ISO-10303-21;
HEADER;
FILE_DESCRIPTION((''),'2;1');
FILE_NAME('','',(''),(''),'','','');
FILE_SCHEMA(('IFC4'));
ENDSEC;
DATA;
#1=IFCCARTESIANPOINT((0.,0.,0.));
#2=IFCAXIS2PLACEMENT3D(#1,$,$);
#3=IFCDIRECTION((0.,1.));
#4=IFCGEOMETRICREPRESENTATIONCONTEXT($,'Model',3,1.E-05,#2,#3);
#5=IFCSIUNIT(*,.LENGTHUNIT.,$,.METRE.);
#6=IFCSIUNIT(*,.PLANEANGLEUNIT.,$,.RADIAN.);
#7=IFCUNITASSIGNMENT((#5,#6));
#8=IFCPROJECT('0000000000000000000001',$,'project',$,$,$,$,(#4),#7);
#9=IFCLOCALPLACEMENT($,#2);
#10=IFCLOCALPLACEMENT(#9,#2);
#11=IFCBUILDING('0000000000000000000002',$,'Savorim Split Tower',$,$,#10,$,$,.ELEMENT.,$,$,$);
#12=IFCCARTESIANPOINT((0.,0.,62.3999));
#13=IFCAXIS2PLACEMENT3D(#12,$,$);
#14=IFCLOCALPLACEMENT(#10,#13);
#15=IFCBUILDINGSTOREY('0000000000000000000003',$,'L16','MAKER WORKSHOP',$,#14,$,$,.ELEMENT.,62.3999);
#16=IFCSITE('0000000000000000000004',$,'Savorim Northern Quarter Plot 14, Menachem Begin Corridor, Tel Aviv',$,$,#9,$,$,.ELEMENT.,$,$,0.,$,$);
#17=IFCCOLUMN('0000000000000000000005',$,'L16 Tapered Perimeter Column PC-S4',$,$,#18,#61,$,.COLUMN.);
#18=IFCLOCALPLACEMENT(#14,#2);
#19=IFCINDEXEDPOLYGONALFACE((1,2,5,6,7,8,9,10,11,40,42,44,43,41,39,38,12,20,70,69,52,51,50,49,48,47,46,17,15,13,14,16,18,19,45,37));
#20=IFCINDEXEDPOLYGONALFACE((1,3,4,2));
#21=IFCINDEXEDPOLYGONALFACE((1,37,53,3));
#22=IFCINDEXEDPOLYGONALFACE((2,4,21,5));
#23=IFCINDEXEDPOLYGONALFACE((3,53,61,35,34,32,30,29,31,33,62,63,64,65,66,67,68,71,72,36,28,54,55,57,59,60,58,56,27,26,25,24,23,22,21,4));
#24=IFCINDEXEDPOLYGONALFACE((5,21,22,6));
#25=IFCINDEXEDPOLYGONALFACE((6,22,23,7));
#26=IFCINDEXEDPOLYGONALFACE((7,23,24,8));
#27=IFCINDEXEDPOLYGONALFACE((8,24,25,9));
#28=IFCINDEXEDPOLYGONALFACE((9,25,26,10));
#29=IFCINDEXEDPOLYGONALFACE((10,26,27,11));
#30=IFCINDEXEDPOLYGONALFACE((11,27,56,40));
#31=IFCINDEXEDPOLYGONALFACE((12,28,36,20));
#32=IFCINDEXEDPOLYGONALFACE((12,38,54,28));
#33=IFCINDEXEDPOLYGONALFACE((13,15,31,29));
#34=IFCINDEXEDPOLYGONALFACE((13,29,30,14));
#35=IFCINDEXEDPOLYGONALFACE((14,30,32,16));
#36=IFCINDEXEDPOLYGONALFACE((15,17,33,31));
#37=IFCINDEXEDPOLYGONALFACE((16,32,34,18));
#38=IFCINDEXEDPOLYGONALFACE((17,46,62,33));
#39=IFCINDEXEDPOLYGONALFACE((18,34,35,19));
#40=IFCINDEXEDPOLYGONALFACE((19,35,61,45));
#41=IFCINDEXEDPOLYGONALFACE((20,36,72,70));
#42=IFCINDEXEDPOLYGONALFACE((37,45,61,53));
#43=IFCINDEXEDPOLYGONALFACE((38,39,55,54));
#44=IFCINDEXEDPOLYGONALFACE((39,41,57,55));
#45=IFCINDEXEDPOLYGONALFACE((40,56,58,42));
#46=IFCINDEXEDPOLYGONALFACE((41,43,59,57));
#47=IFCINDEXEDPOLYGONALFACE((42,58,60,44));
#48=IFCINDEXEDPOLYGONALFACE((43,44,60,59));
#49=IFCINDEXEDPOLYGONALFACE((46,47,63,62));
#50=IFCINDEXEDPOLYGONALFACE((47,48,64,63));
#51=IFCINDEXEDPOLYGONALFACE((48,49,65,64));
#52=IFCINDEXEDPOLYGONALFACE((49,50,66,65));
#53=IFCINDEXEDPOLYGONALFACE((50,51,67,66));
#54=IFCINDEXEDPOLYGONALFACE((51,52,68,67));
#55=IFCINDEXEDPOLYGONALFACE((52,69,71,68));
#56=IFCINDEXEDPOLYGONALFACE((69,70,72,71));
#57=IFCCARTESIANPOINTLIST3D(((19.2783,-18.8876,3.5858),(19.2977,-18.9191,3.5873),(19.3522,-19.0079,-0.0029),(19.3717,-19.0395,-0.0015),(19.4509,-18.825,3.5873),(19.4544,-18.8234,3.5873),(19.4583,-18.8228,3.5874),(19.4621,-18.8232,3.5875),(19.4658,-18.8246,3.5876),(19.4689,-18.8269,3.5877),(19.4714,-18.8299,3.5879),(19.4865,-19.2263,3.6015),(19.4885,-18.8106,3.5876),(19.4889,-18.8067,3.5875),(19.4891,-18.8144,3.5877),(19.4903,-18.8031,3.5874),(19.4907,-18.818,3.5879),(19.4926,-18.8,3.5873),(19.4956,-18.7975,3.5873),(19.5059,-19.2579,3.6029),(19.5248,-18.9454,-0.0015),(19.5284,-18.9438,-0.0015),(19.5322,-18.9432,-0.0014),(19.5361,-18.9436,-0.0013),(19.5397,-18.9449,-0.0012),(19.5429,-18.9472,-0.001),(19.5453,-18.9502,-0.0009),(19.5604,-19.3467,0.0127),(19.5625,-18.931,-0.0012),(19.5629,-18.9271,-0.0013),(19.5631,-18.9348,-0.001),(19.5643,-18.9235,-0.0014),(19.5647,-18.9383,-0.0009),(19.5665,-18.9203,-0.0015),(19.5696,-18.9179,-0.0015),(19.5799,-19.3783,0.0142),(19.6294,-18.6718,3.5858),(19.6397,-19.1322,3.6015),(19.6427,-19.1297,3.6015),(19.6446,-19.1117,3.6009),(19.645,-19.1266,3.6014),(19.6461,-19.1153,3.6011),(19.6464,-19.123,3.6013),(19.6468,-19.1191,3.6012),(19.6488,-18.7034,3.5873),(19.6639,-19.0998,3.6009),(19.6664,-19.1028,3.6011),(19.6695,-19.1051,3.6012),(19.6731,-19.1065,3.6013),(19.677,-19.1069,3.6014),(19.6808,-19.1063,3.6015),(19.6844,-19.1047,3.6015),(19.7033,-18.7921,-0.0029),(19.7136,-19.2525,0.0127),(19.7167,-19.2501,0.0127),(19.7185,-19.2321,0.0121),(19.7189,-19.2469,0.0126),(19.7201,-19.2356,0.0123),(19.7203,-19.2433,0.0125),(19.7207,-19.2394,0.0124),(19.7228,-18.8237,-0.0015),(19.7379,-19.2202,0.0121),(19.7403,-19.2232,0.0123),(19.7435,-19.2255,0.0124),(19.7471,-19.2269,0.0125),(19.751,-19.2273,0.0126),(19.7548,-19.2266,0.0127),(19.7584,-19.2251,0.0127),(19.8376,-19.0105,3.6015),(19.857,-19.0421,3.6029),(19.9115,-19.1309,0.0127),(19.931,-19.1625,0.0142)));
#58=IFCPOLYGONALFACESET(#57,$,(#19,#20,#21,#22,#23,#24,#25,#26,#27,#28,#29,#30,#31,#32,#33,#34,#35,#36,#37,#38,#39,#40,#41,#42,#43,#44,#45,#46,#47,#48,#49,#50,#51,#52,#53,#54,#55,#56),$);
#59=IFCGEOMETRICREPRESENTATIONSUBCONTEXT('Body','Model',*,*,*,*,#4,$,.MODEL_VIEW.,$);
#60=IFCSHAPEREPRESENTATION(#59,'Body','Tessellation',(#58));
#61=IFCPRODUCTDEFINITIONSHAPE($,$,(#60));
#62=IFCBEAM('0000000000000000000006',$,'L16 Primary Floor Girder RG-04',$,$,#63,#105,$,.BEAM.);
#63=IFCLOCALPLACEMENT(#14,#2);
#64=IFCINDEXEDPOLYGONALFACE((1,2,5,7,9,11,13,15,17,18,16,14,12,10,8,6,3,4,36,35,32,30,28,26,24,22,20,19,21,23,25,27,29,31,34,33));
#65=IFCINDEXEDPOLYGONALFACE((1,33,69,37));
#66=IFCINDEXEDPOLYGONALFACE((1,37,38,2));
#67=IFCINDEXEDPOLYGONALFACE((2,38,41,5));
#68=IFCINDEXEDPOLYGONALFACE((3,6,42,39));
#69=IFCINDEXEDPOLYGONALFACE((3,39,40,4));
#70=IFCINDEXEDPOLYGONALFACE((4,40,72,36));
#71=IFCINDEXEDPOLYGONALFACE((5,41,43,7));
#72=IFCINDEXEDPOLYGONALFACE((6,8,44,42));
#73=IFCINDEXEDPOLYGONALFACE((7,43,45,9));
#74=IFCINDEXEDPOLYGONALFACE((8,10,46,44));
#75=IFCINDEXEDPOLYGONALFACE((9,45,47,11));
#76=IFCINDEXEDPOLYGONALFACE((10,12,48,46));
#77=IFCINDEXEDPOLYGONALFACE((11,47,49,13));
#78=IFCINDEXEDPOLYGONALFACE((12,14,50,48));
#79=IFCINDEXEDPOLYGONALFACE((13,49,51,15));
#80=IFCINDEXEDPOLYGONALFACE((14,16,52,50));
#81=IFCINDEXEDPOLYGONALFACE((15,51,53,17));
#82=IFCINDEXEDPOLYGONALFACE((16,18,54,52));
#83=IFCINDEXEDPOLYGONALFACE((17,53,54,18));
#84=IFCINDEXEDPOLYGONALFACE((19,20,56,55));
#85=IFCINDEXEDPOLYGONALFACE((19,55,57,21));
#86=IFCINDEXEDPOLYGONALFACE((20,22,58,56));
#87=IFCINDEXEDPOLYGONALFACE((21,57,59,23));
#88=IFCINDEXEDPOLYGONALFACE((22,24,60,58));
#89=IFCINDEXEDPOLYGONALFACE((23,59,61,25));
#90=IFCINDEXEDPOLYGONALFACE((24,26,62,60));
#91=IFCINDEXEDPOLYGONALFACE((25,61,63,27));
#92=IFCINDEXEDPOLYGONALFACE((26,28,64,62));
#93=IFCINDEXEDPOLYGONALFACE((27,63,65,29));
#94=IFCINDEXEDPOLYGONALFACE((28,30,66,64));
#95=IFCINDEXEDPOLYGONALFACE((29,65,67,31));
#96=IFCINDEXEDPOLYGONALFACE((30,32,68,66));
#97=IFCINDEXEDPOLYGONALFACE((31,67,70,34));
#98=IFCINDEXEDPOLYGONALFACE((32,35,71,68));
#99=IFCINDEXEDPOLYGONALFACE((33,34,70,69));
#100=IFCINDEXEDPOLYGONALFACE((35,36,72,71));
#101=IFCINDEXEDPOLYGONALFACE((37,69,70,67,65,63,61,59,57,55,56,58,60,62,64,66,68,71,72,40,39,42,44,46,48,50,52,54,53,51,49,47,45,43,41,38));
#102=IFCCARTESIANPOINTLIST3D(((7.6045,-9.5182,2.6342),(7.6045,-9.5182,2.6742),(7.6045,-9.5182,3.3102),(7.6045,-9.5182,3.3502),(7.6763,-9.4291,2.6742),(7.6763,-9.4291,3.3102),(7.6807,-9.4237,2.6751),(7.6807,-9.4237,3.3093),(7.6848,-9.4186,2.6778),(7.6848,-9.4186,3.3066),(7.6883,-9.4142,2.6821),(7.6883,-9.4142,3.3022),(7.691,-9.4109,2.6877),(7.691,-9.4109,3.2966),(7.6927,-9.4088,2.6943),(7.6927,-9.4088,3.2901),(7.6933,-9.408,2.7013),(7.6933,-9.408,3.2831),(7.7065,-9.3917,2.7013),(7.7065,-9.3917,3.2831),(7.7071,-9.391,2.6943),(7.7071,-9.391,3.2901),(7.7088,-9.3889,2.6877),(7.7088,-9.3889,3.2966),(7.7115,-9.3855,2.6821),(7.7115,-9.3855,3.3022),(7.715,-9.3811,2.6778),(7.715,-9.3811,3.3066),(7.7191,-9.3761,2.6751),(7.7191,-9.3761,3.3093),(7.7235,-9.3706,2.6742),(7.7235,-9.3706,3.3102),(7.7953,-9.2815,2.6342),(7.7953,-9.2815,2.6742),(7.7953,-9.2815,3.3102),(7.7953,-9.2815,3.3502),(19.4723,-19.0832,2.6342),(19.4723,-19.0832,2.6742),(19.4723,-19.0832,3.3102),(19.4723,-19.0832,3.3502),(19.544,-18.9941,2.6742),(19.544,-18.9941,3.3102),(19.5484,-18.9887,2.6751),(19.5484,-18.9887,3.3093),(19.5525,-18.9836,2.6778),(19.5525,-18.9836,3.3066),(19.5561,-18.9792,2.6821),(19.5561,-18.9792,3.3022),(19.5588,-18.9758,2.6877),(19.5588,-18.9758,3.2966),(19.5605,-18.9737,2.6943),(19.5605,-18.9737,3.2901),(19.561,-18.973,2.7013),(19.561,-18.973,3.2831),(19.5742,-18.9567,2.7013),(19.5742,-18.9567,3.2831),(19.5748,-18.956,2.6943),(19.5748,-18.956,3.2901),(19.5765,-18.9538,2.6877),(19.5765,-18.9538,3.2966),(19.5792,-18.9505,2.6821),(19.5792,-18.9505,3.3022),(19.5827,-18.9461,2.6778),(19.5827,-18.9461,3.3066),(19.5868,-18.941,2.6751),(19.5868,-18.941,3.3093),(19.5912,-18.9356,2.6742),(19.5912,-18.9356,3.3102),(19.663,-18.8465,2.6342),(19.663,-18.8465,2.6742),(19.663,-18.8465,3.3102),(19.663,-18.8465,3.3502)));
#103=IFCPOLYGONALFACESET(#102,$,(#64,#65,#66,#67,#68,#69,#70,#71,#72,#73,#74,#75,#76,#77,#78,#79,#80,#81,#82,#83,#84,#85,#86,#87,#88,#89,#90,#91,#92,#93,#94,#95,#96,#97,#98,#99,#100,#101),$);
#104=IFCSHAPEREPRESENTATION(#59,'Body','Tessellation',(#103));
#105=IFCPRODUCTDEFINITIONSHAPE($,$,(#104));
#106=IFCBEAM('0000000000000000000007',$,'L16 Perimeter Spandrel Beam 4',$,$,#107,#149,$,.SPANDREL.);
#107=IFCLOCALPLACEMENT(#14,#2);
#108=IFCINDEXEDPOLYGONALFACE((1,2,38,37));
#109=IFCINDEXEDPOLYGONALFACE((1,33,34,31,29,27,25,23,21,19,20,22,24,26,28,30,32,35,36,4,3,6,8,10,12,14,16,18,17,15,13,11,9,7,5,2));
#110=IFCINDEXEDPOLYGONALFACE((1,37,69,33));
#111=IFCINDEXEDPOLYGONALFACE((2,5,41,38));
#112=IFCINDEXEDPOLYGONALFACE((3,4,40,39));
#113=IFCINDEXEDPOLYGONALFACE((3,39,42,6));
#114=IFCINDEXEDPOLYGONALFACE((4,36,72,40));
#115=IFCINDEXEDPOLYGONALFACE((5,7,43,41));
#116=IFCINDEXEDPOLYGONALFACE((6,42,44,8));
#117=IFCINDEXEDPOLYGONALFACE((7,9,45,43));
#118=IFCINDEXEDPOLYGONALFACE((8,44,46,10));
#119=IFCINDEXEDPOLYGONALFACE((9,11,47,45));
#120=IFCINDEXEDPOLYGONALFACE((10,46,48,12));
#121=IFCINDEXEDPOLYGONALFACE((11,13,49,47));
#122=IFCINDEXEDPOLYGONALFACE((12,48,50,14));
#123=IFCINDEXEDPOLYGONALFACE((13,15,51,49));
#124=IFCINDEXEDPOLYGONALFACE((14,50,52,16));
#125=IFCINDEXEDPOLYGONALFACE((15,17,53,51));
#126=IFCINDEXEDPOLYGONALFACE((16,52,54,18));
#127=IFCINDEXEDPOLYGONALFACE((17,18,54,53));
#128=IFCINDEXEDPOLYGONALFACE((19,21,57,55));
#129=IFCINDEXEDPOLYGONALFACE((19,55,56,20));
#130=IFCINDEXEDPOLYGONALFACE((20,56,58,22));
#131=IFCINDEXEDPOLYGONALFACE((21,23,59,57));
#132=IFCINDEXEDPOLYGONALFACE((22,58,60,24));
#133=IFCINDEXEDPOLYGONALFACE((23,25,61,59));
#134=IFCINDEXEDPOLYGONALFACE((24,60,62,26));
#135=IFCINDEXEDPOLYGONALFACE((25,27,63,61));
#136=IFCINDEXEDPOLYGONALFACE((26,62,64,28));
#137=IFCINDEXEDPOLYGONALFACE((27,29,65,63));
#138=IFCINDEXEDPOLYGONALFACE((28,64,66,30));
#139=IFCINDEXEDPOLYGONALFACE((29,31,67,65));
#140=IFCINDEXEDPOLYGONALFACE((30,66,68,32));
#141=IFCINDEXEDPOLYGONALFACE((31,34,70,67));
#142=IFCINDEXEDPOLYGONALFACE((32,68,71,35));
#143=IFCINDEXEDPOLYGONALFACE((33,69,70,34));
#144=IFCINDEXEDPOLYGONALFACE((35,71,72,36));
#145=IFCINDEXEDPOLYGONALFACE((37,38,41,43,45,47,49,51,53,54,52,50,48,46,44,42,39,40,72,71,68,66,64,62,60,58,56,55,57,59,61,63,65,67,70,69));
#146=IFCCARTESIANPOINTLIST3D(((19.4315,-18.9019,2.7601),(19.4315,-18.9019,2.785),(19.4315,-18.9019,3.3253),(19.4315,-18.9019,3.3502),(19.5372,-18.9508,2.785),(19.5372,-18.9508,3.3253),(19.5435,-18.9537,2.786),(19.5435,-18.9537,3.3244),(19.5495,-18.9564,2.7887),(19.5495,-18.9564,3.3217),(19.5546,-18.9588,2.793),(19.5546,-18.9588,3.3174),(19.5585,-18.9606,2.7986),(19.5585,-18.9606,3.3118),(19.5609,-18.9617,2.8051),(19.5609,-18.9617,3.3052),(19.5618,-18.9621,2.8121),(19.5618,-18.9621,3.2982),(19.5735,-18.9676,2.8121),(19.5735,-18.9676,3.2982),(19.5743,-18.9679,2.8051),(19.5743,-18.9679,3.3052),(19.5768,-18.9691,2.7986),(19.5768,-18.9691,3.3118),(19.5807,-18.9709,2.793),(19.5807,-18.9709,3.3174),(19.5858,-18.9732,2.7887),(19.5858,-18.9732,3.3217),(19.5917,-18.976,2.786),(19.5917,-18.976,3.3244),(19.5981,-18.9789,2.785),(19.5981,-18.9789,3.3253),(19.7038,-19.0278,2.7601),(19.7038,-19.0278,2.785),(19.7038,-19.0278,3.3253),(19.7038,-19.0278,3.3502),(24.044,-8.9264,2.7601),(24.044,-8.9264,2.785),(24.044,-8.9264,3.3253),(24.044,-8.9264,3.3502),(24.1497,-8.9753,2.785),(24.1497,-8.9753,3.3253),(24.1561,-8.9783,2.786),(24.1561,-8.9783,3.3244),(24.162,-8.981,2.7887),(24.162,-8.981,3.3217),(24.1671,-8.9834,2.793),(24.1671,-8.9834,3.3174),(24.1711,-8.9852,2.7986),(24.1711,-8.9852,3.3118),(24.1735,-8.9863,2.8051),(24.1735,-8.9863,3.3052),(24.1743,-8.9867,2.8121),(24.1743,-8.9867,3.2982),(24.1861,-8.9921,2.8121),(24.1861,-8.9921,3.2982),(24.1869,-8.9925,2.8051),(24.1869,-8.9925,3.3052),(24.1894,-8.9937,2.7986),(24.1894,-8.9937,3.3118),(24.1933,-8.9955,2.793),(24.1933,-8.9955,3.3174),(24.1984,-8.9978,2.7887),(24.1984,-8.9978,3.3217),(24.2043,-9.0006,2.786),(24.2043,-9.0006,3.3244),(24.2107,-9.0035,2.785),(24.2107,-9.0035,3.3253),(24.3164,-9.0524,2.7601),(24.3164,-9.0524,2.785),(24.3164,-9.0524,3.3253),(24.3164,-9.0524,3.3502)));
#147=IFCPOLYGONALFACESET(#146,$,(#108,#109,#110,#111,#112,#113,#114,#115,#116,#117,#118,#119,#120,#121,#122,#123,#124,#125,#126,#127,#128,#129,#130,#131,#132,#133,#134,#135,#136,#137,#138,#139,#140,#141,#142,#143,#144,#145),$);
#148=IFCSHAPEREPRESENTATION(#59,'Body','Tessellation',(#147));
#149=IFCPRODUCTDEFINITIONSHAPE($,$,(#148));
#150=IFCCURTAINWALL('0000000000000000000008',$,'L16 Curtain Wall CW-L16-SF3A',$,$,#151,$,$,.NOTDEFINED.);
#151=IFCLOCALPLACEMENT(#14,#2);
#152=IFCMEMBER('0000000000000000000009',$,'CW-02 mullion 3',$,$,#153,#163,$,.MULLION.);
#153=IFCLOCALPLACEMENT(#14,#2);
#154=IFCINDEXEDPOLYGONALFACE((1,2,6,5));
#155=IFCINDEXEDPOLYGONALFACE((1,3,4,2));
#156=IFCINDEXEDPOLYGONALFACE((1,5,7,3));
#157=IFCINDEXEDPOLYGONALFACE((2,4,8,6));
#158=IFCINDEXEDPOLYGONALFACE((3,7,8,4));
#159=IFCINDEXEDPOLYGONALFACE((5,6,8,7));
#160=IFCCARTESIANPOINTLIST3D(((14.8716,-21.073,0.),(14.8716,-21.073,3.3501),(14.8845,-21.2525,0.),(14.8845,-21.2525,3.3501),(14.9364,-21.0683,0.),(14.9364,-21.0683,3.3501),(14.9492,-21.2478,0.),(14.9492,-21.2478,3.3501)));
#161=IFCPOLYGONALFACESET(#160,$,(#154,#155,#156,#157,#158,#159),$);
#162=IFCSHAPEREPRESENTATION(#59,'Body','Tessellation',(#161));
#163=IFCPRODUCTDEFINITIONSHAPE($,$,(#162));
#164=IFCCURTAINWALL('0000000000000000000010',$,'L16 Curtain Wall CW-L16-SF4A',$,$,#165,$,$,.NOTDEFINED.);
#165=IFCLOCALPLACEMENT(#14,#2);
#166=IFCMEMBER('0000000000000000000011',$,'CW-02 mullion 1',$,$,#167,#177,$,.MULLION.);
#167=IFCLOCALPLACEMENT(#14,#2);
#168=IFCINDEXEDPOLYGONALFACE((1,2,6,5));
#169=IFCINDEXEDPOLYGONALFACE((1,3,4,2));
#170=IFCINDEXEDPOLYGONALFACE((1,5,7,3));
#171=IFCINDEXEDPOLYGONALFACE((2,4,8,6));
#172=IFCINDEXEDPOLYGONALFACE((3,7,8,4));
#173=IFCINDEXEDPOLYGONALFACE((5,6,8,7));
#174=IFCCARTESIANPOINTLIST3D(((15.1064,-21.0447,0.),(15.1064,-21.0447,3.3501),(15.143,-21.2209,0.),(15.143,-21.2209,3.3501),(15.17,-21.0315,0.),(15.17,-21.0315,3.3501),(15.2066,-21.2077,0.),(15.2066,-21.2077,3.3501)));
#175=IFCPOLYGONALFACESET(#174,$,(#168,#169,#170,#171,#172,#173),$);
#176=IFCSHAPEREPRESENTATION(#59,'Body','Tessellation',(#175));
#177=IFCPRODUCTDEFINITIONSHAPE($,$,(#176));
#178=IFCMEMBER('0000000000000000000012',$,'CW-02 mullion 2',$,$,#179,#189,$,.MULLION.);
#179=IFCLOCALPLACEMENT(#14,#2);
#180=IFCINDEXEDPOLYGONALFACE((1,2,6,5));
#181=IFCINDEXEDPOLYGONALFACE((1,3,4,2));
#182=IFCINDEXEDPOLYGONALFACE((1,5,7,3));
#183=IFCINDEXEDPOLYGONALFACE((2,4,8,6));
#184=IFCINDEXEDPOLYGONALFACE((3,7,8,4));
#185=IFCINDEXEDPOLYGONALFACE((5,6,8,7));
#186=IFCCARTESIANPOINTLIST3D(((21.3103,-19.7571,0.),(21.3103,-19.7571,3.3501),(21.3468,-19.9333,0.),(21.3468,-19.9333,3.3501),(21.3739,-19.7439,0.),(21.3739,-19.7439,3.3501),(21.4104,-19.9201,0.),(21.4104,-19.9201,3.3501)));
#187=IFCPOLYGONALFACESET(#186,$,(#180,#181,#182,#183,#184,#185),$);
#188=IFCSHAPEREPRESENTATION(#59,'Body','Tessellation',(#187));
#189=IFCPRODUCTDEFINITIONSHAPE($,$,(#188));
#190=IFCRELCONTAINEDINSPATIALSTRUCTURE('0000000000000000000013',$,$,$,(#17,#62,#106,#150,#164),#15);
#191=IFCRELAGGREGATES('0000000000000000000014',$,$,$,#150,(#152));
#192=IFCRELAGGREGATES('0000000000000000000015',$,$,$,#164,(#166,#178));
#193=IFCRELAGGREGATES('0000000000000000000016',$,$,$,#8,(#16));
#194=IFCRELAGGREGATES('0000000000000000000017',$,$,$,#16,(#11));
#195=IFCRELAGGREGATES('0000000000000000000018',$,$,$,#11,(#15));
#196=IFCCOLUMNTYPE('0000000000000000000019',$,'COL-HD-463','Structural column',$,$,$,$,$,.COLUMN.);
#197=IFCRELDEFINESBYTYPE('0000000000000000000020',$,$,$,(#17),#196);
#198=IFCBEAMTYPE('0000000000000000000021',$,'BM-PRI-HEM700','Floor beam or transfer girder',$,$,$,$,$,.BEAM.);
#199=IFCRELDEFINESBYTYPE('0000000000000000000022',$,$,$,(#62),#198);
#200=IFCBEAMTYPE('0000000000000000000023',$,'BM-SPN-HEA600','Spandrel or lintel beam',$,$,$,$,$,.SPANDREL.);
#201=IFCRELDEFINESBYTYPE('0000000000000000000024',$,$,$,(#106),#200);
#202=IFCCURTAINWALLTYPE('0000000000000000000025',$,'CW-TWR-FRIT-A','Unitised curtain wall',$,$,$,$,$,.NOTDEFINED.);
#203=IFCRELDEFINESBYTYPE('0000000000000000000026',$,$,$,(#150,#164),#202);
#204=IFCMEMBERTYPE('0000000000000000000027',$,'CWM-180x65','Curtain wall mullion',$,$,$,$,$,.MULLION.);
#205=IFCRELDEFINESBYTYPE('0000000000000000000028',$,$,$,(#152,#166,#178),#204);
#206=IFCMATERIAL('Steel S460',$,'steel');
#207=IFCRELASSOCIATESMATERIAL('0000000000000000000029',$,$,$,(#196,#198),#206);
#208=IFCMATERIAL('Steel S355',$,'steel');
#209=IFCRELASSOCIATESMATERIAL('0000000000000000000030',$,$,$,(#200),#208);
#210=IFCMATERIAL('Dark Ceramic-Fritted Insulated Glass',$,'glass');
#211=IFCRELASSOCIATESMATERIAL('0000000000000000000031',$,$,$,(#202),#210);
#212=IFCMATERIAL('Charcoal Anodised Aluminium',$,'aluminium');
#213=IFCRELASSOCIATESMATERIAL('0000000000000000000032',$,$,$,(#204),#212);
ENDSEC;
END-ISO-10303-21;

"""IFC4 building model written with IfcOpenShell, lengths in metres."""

from ifc_helpers import new_model, si_unit, direction, frame, origin, origin_2d, place, context, subcontext, project, spatial, rectangle, i_section, extrude, material, material_profile, profile_set, type_object, element, aggregate, save


model = new_model("IFC4")

# Units and contexts
model_context = context("Model", 3, precision=1e-05, world=origin(), true_north=direction((0.0, 1.0)))
body_context = subcontext(model_context, "Body", "Model", "MODEL_VIEW")
ifc_project = project(units=[si_unit("LENGTHUNIT", "METRE"), si_unit("PLANEANGLEUNIT", "RADIAN")], contexts=[model_context])

# Site, building, storey
site_placement = place(None, origin())
site = spatial("IfcSite", under=ifc_project, at=site_placement, Name="Savorim Northern Quarter Plot 14, Menachem Begin Corridor, Tel Aviv", CompositionType="ELEMENT", RefElevation=0.0)
building_placement = place(site_placement, origin())
building = spatial("IfcBuilding", under=site, at=building_placement, Name="Savorim Split Tower", CompositionType="ELEMENT")
storey_placement = place(building_placement, frame((0.0, 0.0, 62.3999)))
storey = spatial("IfcBuildingStorey", under=building, at=storey_placement, Name="L16", Description="MAKER WORKSHOP", CompositionType="ELEMENT", Elevation=62.3999)

# Column
ifc_material_1 = material(Name="Steel S460", Category="steel")
ifc_material_profile_1 = material_profile(ifc_material_1, i_section(OverallWidth=0.4121, OverallDepth=0.4351, WebThickness=0.0227, FlangeThickness=0.0371, FilletRadius=0.0149, at=origin_2d()), Name="HD 400x463")
ifc_profile_set_1 = profile_set([ifc_material_profile_1], Name="Steel S460")
column_type = type_object("IfcColumnType", Name="COL-HD-463", Description="Structural column", PredefinedType="COLUMN", material=ifc_profile_set_1)
column_placement = place(storey_placement, frame((19.6416, -19.0852, 0.0056), z_axis=(-0.020596, 0.033511, 0.999226), x_axis=(-0.851955, -0.523615, 0.0)))
element("IfcColumn", 1, at=column_placement, inside=storey, type_object=column_type, Name="L16 Tapered Perimeter Column PC-S4", PredefinedType="COLUMN", context=body_context, shape_type="SweptSolid", body=[
    extrude(i_section(OverallWidth=0.4121, OverallDepth=0.4351, WebThickness=0.0227, FlangeThickness=0.0371, FilletRadius=0.0149, at=origin_2d()), origin(), (0.0, 0.0, 1.0), 3.5916),
])

# Beams
ifc_material_profile_2 = material_profile(ifc_material_1, i_section(OverallWidth=0.304, OverallDepth=0.7161, WebThickness=0.021, FlangeThickness=0.04, FilletRadius=0.0271, at=origin_2d()), Name="HE 700 M")
ifc_profile_set_2 = profile_set([ifc_material_profile_2], Name="Steel S460")
beam_type_1 = type_object("IfcBeamType", Name="BM-PRI-HEM700", Description="Floor beam or transfer girder", PredefinedType="BEAM", material=ifc_profile_set_2)
beam_1_placement = place(storey_placement, frame((19.5676, -18.9648, 2.9922), z_axis=(-0.778598, 0.627523, 0.0), x_axis=(-0.627523, -0.778598, 0.0)))
element("IfcBeam", 2, at=beam_1_placement, inside=storey, type_object=beam_type_1, Name="L16 Primary Floor Girder RG-04", PredefinedType="BEAM", context=body_context, shape_type="SweptSolid", body=[
    extrude(i_section(OverallWidth=0.304, OverallDepth=0.7161, WebThickness=0.021, FlangeThickness=0.04, FilletRadius=0.0271, at=origin_2d()), origin(), (0.0, 0.0, 1.0), 15.2424),
])
ifc_material_2 = material(Name="Steel S355", Category="steel")
ifc_material_profile_3 = material_profile(ifc_material_2, i_section(OverallWidth=0.3, OverallDepth=0.5901, WebThickness=0.0129, FlangeThickness=0.0249, FilletRadius=0.0271, at=origin_2d()), Name="HEA 600")
ifc_profile_set_3 = profile_set([ifc_material_profile_3], Name="Steel S355")
beam_type_2 = type_object("IfcBeamType", Name="BM-SPN-HEA600", Description="Spandrel or lintel beam", PredefinedType="SPANDREL", material=ifc_profile_set_3)
beam_2_placement = place(storey_placement, frame((19.5676, -18.9648, 3.0552), z_axis=(0.419699, 0.907663, 0.0), x_axis=(-0.907663, 0.419699, 0.0)))
element("IfcBeam", 3, at=beam_2_placement, inside=storey, type_object=beam_type_2, Name="L16 Perimeter Spandrel Beam 4", PredefinedType="SPANDREL", context=body_context, shape_type="SweptSolid", body=[
    extrude(i_section(OverallWidth=0.3, OverallDepth=0.5901, WebThickness=0.0129, FlangeThickness=0.0249, FilletRadius=0.0271, at=origin_2d()), origin(), (0.0, 0.0, 1.0), 10.9902),
])

# Curtain wall, member
ifc_material_3 = material(Name="Dark Ceramic-Fritted Insulated Glass", Category="glass")
curtain_wall_type = type_object("IfcCurtainWallType", Name="CW-TWR-FRIT-A", Description="Unitised curtain wall", PredefinedType="NOTDEFINED", material=ifc_material_3)
curtain_wall_1_placement = place(storey_placement, origin())
curtain_wall_1 = element("IfcCurtainWall", 4, at=curtain_wall_1_placement, inside=storey, type_object=curtain_wall_type, Name="L16 Curtain Wall CW-L16-SF3A", PredefinedType="NOTDEFINED")
ifc_material_4 = material(Name="Charcoal Anodised Aluminium", Category="aluminium")
ifc_material_profile_4 = material_profile(ifc_material_4, rectangle(XDim=0.1799, YDim=0.0649, at=origin_2d()), Name="ALU-M 180x65")
ifc_profile_set_4 = profile_set([ifc_material_profile_4], Name="Charcoal Anodised Aluminium")
member_type_1 = type_object("IfcMemberType", Name="CWM-180x65", Description="Curtain wall mullion", PredefinedType="MULLION", material=ifc_profile_set_4)
member_1_placement = place(storey_placement, frame((14.9104, -21.1604, 0.0), z_axis=(0.0, 0.0, 1.0), x_axis=(-0.071559, 0.997436, 0.0)))
member_1 = element("IfcMember", 5, at=member_1_placement, type_object=member_type_1, Name="CW-02 mullion 3", PredefinedType="MULLION", context=body_context, shape_type="SweptSolid", body=[
    extrude(rectangle(XDim=0.1799, YDim=0.0649, at=origin_2d()), origin(), (0.0, 0.0, 1.0), 3.3501),
])
aggregate(curtain_wall_1, [member_1])

# Curtain wall, members
curtain_wall_2_placement = place(storey_placement, origin())
curtain_wall_2 = element("IfcCurtainWall", 6, at=curtain_wall_2_placement, inside=storey, type_object=curtain_wall_type, Name="L16 Curtain Wall CW-L16-SF4A", PredefinedType="NOTDEFINED")
member_2_placement = place(storey_placement, frame((15.1565, -21.1262, 0.0), z_axis=(0.0, 0.0, 1.0), x_axis=(-0.203216, 0.979134, 0.0)))
member_2 = element("IfcMember", 7, at=member_2_placement, type_object=member_type_1, Name="CW-02 mullion 1", PredefinedType="MULLION", context=body_context, shape_type="SweptSolid", body=[
    extrude(rectangle(XDim=0.1799, YDim=0.0649, at=origin_2d()), origin(), (0.0, 0.0, 1.0), 3.3501),
])
member_3_placement = place(storey_placement, frame((21.3604, -19.8386, 0.0), z_axis=(0.0, 0.0, 1.0), x_axis=(-0.203216, 0.979134, 0.0)))
member_3 = element("IfcMember", 8, at=member_3_placement, type_object=member_type_1, Name="CW-02 mullion 2", PredefinedType="MULLION", context=body_context, shape_type="SweptSolid", body=[
    extrude(rectangle(XDim=0.1799, YDim=0.0649, at=origin_2d()), origin(), (0.0, 0.0, 1.0), 3.3501),
])
aggregate(curtain_wall_2, [member_2, member_3])

save(model, "model.ifc")
